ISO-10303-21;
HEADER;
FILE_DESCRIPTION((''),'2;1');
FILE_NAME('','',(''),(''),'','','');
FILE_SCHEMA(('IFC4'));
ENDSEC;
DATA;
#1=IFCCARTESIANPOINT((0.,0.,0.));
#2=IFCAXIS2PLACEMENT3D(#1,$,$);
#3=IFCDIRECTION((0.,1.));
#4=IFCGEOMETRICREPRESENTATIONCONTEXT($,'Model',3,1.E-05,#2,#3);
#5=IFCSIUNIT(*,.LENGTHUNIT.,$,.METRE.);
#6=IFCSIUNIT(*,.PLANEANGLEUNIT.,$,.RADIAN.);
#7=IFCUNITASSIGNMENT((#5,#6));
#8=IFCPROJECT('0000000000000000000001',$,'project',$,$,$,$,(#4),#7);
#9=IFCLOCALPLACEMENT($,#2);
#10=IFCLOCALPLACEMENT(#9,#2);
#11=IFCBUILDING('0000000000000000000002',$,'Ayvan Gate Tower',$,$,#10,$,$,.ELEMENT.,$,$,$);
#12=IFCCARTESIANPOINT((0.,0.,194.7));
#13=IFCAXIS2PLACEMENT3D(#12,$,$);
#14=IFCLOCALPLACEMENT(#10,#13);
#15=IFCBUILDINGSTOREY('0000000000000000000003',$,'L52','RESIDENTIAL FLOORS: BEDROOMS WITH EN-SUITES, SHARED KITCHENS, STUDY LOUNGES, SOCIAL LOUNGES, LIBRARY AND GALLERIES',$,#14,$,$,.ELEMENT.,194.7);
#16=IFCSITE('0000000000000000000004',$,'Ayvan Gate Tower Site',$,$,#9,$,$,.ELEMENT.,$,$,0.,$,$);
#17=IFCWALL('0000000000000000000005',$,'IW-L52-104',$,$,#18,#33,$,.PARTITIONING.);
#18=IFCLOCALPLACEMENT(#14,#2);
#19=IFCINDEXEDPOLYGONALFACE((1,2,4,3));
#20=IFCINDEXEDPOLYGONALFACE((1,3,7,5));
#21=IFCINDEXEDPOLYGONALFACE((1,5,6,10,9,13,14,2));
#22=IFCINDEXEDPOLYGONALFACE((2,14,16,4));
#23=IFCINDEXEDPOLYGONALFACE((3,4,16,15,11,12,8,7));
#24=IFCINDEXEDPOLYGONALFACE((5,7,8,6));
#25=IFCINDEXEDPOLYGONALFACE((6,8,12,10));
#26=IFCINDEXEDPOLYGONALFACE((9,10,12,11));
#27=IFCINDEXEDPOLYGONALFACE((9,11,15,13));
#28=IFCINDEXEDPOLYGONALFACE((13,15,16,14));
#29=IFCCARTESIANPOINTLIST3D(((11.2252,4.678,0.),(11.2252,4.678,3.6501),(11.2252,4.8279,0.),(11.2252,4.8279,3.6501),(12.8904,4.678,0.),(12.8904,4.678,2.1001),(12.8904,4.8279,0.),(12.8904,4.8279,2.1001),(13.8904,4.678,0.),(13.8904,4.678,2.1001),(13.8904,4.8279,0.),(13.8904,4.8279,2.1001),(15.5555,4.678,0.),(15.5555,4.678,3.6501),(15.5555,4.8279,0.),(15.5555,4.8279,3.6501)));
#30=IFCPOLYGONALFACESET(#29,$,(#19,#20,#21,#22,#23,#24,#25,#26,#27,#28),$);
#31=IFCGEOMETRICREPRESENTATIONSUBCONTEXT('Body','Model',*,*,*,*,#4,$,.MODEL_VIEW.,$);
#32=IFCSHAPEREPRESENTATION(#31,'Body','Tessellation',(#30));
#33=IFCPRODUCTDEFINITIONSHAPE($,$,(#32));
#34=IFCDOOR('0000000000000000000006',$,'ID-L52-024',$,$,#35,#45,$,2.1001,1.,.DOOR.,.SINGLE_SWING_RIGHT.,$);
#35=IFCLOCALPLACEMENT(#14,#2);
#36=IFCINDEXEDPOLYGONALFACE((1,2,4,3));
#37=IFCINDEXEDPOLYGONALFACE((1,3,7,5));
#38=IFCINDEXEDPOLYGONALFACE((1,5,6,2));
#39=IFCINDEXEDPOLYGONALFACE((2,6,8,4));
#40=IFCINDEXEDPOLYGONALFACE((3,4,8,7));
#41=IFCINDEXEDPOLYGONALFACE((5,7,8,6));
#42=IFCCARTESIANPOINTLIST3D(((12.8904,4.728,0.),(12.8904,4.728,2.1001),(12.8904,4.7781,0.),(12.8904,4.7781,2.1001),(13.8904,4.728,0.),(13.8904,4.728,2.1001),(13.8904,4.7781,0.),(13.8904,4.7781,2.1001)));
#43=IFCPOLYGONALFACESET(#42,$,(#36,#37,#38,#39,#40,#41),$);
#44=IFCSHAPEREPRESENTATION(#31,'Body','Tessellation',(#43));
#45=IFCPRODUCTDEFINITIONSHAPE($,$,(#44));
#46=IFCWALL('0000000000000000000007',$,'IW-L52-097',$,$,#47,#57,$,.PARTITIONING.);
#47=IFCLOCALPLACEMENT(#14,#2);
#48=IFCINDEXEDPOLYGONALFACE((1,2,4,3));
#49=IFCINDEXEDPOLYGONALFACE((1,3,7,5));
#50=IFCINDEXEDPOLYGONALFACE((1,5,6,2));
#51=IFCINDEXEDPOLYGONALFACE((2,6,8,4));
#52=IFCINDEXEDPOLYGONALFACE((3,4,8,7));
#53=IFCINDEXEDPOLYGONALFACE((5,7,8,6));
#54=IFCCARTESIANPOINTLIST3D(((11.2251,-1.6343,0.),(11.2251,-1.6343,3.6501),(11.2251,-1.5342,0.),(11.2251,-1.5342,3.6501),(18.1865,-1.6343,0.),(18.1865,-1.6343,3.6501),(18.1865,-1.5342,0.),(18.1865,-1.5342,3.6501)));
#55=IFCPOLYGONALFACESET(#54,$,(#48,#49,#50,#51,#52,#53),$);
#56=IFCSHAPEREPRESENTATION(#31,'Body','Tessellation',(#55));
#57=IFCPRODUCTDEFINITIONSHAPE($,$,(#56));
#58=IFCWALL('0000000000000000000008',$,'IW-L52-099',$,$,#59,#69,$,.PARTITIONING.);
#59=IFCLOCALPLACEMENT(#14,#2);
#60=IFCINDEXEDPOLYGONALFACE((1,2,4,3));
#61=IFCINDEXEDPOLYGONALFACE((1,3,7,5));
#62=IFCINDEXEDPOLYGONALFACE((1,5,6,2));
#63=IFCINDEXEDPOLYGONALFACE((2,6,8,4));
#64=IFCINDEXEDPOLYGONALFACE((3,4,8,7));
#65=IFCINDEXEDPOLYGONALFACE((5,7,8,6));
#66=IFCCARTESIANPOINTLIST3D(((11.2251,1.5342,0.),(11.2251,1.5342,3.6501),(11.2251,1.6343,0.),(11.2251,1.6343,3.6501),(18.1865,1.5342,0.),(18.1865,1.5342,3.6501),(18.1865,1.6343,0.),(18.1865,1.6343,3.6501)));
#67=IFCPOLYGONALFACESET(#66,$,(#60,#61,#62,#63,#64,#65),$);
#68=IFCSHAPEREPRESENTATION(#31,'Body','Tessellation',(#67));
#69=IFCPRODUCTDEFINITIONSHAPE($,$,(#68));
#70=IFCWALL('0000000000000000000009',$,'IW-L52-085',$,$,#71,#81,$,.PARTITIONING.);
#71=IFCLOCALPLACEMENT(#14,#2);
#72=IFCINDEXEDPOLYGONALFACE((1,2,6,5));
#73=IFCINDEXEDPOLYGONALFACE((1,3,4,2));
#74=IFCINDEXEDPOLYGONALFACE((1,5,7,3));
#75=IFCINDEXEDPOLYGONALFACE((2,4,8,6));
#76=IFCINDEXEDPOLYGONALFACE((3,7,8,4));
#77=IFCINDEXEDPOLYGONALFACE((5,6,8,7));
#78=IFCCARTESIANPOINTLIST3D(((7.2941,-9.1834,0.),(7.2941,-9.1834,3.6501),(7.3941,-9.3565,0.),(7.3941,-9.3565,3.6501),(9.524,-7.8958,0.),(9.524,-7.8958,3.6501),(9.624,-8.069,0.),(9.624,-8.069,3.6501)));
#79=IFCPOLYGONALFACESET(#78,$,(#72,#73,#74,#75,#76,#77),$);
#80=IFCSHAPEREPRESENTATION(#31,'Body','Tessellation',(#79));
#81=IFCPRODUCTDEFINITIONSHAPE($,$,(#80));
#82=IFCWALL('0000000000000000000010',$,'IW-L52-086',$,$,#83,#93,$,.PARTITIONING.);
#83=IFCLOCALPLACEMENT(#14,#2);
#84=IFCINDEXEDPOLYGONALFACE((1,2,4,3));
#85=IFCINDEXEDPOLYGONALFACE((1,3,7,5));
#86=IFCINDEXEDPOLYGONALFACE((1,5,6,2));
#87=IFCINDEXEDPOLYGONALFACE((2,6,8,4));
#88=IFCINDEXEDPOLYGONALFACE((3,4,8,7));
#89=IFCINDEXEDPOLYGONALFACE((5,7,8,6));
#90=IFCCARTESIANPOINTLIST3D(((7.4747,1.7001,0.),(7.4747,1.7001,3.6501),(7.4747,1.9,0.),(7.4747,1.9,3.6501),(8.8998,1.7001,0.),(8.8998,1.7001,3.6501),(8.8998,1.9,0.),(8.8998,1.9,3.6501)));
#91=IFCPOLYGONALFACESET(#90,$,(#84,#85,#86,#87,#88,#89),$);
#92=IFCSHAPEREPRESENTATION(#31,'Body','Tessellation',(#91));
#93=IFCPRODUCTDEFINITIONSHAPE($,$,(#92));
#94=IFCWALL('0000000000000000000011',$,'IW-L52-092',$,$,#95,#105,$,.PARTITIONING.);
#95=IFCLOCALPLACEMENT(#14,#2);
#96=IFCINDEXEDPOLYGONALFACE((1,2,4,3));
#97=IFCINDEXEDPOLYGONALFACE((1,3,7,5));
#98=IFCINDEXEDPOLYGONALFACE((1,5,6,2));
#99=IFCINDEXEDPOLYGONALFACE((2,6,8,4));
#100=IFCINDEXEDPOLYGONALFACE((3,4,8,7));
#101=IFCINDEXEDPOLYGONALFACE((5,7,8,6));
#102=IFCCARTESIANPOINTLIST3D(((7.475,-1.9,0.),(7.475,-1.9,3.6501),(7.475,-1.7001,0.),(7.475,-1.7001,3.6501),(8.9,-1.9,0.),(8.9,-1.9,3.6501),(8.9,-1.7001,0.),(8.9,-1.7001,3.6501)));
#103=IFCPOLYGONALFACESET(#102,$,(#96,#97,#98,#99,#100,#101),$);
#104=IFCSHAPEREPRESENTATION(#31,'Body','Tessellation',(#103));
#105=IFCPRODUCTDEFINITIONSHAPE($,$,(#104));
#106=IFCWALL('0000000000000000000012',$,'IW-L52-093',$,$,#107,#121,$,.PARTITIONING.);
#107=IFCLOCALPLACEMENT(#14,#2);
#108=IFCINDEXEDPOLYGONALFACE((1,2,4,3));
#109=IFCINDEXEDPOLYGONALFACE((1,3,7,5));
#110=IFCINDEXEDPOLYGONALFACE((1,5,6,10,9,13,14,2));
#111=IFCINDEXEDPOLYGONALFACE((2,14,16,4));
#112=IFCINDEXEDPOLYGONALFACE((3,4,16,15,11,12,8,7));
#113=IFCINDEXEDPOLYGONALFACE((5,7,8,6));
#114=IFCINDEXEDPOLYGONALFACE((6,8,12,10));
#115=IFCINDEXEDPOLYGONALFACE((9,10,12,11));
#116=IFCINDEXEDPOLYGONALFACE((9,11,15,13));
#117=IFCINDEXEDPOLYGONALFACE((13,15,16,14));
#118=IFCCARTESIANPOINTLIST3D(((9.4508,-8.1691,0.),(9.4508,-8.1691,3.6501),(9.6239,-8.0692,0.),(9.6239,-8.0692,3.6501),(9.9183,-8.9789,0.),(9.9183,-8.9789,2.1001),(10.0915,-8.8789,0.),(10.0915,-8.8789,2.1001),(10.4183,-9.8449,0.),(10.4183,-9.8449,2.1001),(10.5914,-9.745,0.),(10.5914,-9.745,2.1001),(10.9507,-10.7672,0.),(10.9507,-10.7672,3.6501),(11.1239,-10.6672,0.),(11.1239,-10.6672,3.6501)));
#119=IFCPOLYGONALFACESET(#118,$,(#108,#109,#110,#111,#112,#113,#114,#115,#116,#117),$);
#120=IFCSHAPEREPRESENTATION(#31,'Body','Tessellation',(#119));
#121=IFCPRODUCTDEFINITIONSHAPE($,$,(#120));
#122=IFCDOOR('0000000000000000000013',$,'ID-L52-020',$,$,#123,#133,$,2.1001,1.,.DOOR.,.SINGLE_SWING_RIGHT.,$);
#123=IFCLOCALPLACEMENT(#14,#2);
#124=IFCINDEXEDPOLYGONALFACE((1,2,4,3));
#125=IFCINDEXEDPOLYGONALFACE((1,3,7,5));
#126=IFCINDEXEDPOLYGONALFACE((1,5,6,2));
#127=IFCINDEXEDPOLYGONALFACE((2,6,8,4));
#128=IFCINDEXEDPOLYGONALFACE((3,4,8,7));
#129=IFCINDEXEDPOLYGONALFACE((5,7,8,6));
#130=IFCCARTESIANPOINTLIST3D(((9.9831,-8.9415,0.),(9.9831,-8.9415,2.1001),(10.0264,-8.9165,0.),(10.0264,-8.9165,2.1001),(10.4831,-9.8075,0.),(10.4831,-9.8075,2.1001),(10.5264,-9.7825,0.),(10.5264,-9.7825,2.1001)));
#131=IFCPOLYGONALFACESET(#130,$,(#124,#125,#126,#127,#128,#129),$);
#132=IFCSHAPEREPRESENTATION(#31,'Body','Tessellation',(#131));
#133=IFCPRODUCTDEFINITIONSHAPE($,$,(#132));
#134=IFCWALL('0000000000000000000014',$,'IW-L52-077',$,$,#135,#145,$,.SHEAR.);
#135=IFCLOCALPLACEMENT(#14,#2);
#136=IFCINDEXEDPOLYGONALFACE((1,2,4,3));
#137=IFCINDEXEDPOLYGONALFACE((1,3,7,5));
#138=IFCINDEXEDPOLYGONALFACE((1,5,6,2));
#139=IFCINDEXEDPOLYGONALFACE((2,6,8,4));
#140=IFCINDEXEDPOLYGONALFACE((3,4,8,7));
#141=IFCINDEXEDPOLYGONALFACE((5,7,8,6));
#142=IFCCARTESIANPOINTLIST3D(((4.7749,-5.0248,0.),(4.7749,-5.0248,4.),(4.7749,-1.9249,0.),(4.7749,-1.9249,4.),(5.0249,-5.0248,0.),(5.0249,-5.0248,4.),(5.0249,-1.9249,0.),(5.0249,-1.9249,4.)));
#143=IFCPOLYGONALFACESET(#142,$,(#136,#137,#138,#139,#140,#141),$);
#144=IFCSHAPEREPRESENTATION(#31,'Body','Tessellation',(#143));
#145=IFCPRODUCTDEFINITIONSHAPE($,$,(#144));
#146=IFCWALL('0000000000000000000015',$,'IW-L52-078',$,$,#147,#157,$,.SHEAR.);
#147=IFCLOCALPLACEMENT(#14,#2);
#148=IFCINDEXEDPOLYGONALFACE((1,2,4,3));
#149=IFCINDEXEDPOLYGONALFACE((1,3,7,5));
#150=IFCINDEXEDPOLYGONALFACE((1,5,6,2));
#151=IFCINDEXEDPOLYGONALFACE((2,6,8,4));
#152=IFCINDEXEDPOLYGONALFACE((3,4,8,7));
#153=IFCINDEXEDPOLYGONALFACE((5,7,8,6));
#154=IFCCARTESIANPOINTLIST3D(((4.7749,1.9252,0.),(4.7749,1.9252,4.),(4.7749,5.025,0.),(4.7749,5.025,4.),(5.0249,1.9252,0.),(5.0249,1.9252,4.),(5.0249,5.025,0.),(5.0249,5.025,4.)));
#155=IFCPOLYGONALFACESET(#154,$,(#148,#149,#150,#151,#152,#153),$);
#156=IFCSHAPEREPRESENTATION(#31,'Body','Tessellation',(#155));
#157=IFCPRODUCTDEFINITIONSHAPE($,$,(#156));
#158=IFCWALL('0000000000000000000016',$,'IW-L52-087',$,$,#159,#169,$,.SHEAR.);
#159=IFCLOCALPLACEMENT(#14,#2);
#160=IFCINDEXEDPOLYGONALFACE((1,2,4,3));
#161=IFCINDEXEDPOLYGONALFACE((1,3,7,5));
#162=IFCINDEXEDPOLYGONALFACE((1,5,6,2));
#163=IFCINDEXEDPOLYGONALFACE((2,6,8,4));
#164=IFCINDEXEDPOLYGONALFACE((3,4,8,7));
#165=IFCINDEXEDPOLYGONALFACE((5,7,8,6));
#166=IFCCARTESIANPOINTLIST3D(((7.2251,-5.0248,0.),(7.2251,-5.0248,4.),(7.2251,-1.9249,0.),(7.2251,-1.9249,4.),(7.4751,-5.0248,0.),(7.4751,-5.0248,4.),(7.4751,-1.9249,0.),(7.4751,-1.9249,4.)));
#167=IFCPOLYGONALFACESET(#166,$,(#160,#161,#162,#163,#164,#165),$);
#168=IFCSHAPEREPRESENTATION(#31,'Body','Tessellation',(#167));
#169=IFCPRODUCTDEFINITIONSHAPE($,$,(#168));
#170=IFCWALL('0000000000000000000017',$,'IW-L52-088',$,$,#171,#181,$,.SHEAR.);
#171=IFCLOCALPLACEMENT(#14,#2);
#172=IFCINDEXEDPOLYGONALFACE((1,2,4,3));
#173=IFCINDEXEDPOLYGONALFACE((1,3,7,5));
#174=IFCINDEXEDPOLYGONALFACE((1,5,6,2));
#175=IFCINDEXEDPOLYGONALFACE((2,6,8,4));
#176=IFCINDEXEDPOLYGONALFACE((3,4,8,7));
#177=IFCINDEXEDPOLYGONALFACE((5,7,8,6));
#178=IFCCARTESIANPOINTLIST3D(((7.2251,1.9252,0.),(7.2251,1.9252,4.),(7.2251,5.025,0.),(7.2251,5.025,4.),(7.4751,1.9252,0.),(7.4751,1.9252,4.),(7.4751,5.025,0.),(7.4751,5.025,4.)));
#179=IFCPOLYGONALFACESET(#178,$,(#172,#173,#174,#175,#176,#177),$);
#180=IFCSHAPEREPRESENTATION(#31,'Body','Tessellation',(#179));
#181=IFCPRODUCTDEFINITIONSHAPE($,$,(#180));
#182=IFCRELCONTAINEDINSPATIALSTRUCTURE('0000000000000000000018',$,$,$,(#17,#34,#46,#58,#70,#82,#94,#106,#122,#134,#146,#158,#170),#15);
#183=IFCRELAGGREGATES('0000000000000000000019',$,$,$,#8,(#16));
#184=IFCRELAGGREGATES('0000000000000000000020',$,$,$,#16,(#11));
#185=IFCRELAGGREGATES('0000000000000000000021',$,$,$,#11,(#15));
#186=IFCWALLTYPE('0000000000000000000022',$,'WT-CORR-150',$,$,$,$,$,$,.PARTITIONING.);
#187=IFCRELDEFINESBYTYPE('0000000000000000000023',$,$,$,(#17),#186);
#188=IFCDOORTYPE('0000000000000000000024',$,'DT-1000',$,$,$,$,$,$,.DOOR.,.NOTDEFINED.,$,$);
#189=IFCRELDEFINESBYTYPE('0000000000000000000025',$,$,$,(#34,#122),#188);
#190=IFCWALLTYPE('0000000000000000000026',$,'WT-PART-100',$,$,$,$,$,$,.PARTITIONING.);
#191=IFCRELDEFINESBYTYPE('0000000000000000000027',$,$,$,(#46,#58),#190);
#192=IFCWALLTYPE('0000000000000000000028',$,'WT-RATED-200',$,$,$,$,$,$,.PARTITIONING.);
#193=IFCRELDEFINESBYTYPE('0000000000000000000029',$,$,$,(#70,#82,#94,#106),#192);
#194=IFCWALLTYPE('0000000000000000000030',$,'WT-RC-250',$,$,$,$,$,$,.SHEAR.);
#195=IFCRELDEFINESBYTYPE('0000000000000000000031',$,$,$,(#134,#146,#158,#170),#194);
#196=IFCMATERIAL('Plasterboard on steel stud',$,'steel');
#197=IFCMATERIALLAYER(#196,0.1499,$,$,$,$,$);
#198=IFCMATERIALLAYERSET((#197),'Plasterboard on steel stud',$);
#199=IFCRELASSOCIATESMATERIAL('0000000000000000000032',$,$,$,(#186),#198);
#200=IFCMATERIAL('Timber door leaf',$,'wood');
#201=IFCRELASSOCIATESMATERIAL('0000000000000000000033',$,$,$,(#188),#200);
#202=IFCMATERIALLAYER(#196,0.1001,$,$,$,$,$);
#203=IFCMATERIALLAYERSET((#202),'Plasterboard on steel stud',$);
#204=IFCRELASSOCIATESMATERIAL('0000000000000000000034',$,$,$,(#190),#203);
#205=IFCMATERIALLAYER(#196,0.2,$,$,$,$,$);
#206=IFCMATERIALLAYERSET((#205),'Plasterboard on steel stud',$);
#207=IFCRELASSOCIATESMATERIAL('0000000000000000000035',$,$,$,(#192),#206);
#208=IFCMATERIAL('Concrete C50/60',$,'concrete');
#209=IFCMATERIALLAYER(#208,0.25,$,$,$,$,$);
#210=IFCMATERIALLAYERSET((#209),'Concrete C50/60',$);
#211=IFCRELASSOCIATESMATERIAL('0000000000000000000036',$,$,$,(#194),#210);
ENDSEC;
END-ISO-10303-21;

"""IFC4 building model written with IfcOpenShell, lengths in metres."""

from ifc_helpers import new_model, si_unit, direction, frame, frame_2d, origin, place, context, subcontext, project, spatial, rectangle, extrude, material, layer, layer_set, type_object, element, fill, save


model = new_model("IFC4")

# Units and contexts
model_context = context("Model", 3, precision=1e-05, world=origin(), true_north=direction((0.0, 1.0)))
body_context = subcontext(model_context, "Body", "Model", "MODEL_VIEW")
ifc_project = project(units=[si_unit("LENGTHUNIT", "METRE"), si_unit("PLANEANGLEUNIT", "RADIAN")], contexts=[model_context])

# Site, building, storey
site_placement = place(None, origin())
site = spatial("IfcSite", under=ifc_project, at=site_placement, Name="Ayvan Gate Tower Site", CompositionType="ELEMENT", RefElevation=0.0)
building_placement = place(site_placement, origin())
building = spatial("IfcBuilding", under=site, at=building_placement, Name="Ayvan Gate Tower", CompositionType="ELEMENT")
storey_placement = place(building_placement, frame((0.0, 0.0, 194.7)))
storey = spatial("IfcBuildingStorey", under=building, at=storey_placement, Name="L52", Description="RESIDENTIAL FLOORS: BEDROOMS WITH EN-SUITES, SHARED KITCHENS, STUDY LOUNGES, SOCIAL LOUNGES, LIBRARY AND GALLERIES", CompositionType="ELEMENT", Elevation=194.7)

# Shared definitions
ifc_material_1 = material(Name="Timber door leaf", Category="wood")

# Wall, opening, door
ifc_material_2 = material(Name="Plasterboard on steel stud", Category="steel")
ifc_layer_1 = layer(ifc_material_2, 0.1499)
ifc_layer_set_1 = layer_set([ifc_layer_1], Name="Plasterboard on steel stud")
wall_type_1 = type_object("IfcWallType", Name="WT-CORR-150", PredefinedType="PARTITIONING", material=ifc_layer_set_1)
door_type_1 = type_object("IfcDoorType", Name="DT-1000", OperationType="NOTDEFINED", PredefinedType="DOOR", material=ifc_material_1)
wall_1_placement = place(storey_placement, frame((15.5554, 4.7529, 0.0), z_axis=(0.0, 0.0, 1.0), x_axis=(-1.0, 0.0, 0.0)))
wall_1 = element("IfcWall", 1, at=wall_1_placement, inside=storey, type_object=wall_type_1, Name="IW-L52-104", PredefinedType="PARTITIONING", context=body_context, shape_type="SweptSolid", body=[
    extrude(rectangle(XDim=4.3303, YDim=0.1499, at=frame_2d((2.165, 0.0))), origin(), (0.0, 0.0, 1.0), 3.6501),
])
opening_1_placement = place(wall_1_placement, frame((1.665, 0.0, 0.0)))
opening_1 = element("IfcOpeningElement", 2, at=opening_1_placement, cuts=wall_1, PredefinedType="OPENING", context=body_context, shape_type="SweptSolid", body=[
    extrude(rectangle(XDim=1.0, YDim=2.1001, at=frame_2d((0.5, 1.05))), frame((0.0, 0.085, 0.0), z_axis=(0.0, -1.0, 0.0), x_axis=(1.0, 0.0, 0.0)), (0.0, 0.0, 1.0), 0.1699),
])
door_1_placement = place(opening_1_placement, origin())
door_1 = element("IfcDoor", 3, at=door_1_placement, inside=storey, type_object=door_type_1, Name="ID-L52-024", OperationType="SINGLE_SWING_RIGHT", OverallHeight=2.1001, OverallWidth=1.0, PredefinedType="DOOR", context=body_context, shape_type="SweptSolid", body=[
    extrude(rectangle(XDim=1.0, YDim=2.1001, at=frame_2d((0.5, 1.05))), frame((0.0, 0.0249, 0.0), z_axis=(0.0, -1.0, 0.0), x_axis=(1.0, 0.0, 0.0)), (0.0, 0.0, 1.0), 0.05),
])
fill(opening_1, door_1)

# Walls
ifc_layer_2 = layer(ifc_material_2, 0.1001)
ifc_layer_set_2 = layer_set([ifc_layer_2], Name="Plasterboard on steel stud")
wall_type_2 = type_object("IfcWallType", Name="WT-PART-100", PredefinedType="PARTITIONING", material=ifc_layer_set_2)
for number, where, z_axis, x_axis, name in (
    (4, (11.2251, -1.5842, 0.0), (0.0, 0.0, 1.0), (1.0, 0.0, 0.0), "IW-L52-097"),
    (5, (11.2251, 1.5842, 0.0), (0.0, 0.0, 1.0), (1.0, 0.0, 0.0), "IW-L52-099"),
):
    element("IfcWall", number, at=place(storey_placement, frame(where, z_axis=z_axis, x_axis=x_axis)), inside=storey, type_object=wall_type_2, Name=name, PredefinedType="PARTITIONING", context=body_context, shape_type="SweptSolid", body=[
        extrude(rectangle(XDim=6.9614, YDim=0.1001, at=frame_2d((3.4807, 0.0))), origin(), (0.0, 0.0, 1.0), 3.6501),
    ])
ifc_layer_3 = layer(ifc_material_2, 0.2)
ifc_layer_set_3 = layer_set([ifc_layer_3], Name="Plasterboard on steel stud")
wall_type_3 = type_object("IfcWallType", Name="WT-RATED-200", PredefinedType="PARTITIONING", material=ifc_layer_set_3)
wall_2_placement = place(storey_placement, frame((7.344, -9.27, 0.0), z_axis=(0.0, 0.0, 1.0), x_axis=(0.866006, 0.500034, 0.0)))
element("IfcWall", 6, at=wall_2_placement, inside=storey, type_object=wall_type_3, Name="IW-L52-085", PredefinedType="PARTITIONING", context=body_context, shape_type="SweptSolid", body=[
    extrude(rectangle(XDim=2.575, YDim=0.2, at=frame_2d((1.2876, 0.0))), origin(), (0.0, 0.0, 1.0), 3.6501),
])
for number, where, z_axis, x_axis, name in (
    (7, (7.4749, 1.8, 0.0), (0.0, 0.0, 1.0), (1.0, 0.0, 0.0), "IW-L52-086"),
    (8, (8.8999, -1.8, 0.0), (0.0, 0.0, 1.0), (-1.0, 0.0, 0.0), "IW-L52-092"),
):
    element("IfcWall", number, at=place(storey_placement, frame(where, z_axis=z_axis, x_axis=x_axis)), inside=storey, type_object=wall_type_3, Name=name, PredefinedType="PARTITIONING", context=body_context, shape_type="SweptSolid", body=[
        extrude(rectangle(XDim=1.425, YDim=0.2, at=frame_2d((0.7124, 0.0))), origin(), (0.0, 0.0, 1.0), 3.6501),
    ])

# Wall, opening, door
wall_3_placement = place(storey_placement, frame((9.5374, -8.1191, 0.0), z_axis=(0.0, 0.0, 1.0), x_axis=(0.49999, -0.866031, 0.0)))
wall_3 = element("IfcWall", 9, at=wall_3_placement, inside=storey, type_object=wall_type_3, Name="IW-L52-093", PredefinedType="PARTITIONING", context=body_context, shape_type="SweptSolid", body=[
    extrude(rectangle(XDim=3.0, YDim=0.2, at=frame_2d((1.5, 0.0))), origin(), (0.0, 0.0, 1.0), 3.6501),
])
opening_2_placement = place(wall_3_placement, frame((0.9351, 0.0, 0.0)))
opening_2 = element("IfcOpeningElement", 10, at=opening_2_placement, cuts=wall_3, PredefinedType="OPENING", context=body_context, shape_type="SweptSolid", body=[
    extrude(rectangle(XDim=1.0, YDim=2.1001, at=frame_2d((0.5, 1.05))), frame((0.0, 0.1099, 0.0), z_axis=(0.0, -1.0, 0.0), x_axis=(1.0, 0.0, 0.0)), (0.0, 0.0, 1.0), 0.22),
])
door_2_placement = place(opening_2_placement, origin())
door_2 = element("IfcDoor", 11, at=door_2_placement, inside=storey, type_object=door_type_1, Name="ID-L52-020", OperationType="SINGLE_SWING_RIGHT", OverallHeight=2.1001, OverallWidth=1.0, PredefinedType="DOOR", context=body_context, shape_type="SweptSolid", body=[
    extrude(rectangle(XDim=1.0, YDim=2.1001, at=frame_2d((0.5, 1.05))), frame((0.0, 0.0249, 0.0), z_axis=(0.0, -1.0, 0.0), x_axis=(1.0, 0.0, 0.0)), (0.0, 0.0, 1.0), 0.05),
])
fill(opening_2, door_2)

# Walls
ifc_material_3 = material(Name="Concrete C50/60", Category="concrete")
ifc_layer_4 = layer(ifc_material_3, 0.25)
ifc_layer_set_4 = layer_set([ifc_layer_4], Name="Concrete C50/60")
wall_type_4 = type_object("IfcWallType", Name="WT-RC-250", PredefinedType="SHEAR", material=ifc_layer_set_4)
for number, where, z_axis, x_axis, name in (
    (12, (4.8999, -1.925, 0.0), (0.0, 0.0, 1.0), (0.0, -1.0, 0.0), "IW-L52-077"),
    (13, (4.8999, 5.0249, 0.0), (0.0, 0.0, 1.0), (0.0, -1.0, 0.0), "IW-L52-078"),
    (14, (7.3501, -1.925, 0.0), (0.0, 0.0, 1.0), (0.0, -1.0, 0.0), "IW-L52-087"),
    (15, (7.3501, 5.0249, 0.0), (0.0, 0.0, 1.0), (0.0, -1.0, 0.0), "IW-L52-088"),
):
    element("IfcWall", number, at=place(storey_placement, frame(where, z_axis=z_axis, x_axis=x_axis)), inside=storey, type_object=wall_type_4, Name=name, PredefinedType="SHEAR", context=body_context, shape_type="SweptSolid", body=[
        extrude(rectangle(XDim=3.0999, YDim=0.25, at=frame_2d((1.5498, 0.0))), origin(), (0.0, 0.0, 1.0), 4.0),
    ])

save(model, "model.ifc")
